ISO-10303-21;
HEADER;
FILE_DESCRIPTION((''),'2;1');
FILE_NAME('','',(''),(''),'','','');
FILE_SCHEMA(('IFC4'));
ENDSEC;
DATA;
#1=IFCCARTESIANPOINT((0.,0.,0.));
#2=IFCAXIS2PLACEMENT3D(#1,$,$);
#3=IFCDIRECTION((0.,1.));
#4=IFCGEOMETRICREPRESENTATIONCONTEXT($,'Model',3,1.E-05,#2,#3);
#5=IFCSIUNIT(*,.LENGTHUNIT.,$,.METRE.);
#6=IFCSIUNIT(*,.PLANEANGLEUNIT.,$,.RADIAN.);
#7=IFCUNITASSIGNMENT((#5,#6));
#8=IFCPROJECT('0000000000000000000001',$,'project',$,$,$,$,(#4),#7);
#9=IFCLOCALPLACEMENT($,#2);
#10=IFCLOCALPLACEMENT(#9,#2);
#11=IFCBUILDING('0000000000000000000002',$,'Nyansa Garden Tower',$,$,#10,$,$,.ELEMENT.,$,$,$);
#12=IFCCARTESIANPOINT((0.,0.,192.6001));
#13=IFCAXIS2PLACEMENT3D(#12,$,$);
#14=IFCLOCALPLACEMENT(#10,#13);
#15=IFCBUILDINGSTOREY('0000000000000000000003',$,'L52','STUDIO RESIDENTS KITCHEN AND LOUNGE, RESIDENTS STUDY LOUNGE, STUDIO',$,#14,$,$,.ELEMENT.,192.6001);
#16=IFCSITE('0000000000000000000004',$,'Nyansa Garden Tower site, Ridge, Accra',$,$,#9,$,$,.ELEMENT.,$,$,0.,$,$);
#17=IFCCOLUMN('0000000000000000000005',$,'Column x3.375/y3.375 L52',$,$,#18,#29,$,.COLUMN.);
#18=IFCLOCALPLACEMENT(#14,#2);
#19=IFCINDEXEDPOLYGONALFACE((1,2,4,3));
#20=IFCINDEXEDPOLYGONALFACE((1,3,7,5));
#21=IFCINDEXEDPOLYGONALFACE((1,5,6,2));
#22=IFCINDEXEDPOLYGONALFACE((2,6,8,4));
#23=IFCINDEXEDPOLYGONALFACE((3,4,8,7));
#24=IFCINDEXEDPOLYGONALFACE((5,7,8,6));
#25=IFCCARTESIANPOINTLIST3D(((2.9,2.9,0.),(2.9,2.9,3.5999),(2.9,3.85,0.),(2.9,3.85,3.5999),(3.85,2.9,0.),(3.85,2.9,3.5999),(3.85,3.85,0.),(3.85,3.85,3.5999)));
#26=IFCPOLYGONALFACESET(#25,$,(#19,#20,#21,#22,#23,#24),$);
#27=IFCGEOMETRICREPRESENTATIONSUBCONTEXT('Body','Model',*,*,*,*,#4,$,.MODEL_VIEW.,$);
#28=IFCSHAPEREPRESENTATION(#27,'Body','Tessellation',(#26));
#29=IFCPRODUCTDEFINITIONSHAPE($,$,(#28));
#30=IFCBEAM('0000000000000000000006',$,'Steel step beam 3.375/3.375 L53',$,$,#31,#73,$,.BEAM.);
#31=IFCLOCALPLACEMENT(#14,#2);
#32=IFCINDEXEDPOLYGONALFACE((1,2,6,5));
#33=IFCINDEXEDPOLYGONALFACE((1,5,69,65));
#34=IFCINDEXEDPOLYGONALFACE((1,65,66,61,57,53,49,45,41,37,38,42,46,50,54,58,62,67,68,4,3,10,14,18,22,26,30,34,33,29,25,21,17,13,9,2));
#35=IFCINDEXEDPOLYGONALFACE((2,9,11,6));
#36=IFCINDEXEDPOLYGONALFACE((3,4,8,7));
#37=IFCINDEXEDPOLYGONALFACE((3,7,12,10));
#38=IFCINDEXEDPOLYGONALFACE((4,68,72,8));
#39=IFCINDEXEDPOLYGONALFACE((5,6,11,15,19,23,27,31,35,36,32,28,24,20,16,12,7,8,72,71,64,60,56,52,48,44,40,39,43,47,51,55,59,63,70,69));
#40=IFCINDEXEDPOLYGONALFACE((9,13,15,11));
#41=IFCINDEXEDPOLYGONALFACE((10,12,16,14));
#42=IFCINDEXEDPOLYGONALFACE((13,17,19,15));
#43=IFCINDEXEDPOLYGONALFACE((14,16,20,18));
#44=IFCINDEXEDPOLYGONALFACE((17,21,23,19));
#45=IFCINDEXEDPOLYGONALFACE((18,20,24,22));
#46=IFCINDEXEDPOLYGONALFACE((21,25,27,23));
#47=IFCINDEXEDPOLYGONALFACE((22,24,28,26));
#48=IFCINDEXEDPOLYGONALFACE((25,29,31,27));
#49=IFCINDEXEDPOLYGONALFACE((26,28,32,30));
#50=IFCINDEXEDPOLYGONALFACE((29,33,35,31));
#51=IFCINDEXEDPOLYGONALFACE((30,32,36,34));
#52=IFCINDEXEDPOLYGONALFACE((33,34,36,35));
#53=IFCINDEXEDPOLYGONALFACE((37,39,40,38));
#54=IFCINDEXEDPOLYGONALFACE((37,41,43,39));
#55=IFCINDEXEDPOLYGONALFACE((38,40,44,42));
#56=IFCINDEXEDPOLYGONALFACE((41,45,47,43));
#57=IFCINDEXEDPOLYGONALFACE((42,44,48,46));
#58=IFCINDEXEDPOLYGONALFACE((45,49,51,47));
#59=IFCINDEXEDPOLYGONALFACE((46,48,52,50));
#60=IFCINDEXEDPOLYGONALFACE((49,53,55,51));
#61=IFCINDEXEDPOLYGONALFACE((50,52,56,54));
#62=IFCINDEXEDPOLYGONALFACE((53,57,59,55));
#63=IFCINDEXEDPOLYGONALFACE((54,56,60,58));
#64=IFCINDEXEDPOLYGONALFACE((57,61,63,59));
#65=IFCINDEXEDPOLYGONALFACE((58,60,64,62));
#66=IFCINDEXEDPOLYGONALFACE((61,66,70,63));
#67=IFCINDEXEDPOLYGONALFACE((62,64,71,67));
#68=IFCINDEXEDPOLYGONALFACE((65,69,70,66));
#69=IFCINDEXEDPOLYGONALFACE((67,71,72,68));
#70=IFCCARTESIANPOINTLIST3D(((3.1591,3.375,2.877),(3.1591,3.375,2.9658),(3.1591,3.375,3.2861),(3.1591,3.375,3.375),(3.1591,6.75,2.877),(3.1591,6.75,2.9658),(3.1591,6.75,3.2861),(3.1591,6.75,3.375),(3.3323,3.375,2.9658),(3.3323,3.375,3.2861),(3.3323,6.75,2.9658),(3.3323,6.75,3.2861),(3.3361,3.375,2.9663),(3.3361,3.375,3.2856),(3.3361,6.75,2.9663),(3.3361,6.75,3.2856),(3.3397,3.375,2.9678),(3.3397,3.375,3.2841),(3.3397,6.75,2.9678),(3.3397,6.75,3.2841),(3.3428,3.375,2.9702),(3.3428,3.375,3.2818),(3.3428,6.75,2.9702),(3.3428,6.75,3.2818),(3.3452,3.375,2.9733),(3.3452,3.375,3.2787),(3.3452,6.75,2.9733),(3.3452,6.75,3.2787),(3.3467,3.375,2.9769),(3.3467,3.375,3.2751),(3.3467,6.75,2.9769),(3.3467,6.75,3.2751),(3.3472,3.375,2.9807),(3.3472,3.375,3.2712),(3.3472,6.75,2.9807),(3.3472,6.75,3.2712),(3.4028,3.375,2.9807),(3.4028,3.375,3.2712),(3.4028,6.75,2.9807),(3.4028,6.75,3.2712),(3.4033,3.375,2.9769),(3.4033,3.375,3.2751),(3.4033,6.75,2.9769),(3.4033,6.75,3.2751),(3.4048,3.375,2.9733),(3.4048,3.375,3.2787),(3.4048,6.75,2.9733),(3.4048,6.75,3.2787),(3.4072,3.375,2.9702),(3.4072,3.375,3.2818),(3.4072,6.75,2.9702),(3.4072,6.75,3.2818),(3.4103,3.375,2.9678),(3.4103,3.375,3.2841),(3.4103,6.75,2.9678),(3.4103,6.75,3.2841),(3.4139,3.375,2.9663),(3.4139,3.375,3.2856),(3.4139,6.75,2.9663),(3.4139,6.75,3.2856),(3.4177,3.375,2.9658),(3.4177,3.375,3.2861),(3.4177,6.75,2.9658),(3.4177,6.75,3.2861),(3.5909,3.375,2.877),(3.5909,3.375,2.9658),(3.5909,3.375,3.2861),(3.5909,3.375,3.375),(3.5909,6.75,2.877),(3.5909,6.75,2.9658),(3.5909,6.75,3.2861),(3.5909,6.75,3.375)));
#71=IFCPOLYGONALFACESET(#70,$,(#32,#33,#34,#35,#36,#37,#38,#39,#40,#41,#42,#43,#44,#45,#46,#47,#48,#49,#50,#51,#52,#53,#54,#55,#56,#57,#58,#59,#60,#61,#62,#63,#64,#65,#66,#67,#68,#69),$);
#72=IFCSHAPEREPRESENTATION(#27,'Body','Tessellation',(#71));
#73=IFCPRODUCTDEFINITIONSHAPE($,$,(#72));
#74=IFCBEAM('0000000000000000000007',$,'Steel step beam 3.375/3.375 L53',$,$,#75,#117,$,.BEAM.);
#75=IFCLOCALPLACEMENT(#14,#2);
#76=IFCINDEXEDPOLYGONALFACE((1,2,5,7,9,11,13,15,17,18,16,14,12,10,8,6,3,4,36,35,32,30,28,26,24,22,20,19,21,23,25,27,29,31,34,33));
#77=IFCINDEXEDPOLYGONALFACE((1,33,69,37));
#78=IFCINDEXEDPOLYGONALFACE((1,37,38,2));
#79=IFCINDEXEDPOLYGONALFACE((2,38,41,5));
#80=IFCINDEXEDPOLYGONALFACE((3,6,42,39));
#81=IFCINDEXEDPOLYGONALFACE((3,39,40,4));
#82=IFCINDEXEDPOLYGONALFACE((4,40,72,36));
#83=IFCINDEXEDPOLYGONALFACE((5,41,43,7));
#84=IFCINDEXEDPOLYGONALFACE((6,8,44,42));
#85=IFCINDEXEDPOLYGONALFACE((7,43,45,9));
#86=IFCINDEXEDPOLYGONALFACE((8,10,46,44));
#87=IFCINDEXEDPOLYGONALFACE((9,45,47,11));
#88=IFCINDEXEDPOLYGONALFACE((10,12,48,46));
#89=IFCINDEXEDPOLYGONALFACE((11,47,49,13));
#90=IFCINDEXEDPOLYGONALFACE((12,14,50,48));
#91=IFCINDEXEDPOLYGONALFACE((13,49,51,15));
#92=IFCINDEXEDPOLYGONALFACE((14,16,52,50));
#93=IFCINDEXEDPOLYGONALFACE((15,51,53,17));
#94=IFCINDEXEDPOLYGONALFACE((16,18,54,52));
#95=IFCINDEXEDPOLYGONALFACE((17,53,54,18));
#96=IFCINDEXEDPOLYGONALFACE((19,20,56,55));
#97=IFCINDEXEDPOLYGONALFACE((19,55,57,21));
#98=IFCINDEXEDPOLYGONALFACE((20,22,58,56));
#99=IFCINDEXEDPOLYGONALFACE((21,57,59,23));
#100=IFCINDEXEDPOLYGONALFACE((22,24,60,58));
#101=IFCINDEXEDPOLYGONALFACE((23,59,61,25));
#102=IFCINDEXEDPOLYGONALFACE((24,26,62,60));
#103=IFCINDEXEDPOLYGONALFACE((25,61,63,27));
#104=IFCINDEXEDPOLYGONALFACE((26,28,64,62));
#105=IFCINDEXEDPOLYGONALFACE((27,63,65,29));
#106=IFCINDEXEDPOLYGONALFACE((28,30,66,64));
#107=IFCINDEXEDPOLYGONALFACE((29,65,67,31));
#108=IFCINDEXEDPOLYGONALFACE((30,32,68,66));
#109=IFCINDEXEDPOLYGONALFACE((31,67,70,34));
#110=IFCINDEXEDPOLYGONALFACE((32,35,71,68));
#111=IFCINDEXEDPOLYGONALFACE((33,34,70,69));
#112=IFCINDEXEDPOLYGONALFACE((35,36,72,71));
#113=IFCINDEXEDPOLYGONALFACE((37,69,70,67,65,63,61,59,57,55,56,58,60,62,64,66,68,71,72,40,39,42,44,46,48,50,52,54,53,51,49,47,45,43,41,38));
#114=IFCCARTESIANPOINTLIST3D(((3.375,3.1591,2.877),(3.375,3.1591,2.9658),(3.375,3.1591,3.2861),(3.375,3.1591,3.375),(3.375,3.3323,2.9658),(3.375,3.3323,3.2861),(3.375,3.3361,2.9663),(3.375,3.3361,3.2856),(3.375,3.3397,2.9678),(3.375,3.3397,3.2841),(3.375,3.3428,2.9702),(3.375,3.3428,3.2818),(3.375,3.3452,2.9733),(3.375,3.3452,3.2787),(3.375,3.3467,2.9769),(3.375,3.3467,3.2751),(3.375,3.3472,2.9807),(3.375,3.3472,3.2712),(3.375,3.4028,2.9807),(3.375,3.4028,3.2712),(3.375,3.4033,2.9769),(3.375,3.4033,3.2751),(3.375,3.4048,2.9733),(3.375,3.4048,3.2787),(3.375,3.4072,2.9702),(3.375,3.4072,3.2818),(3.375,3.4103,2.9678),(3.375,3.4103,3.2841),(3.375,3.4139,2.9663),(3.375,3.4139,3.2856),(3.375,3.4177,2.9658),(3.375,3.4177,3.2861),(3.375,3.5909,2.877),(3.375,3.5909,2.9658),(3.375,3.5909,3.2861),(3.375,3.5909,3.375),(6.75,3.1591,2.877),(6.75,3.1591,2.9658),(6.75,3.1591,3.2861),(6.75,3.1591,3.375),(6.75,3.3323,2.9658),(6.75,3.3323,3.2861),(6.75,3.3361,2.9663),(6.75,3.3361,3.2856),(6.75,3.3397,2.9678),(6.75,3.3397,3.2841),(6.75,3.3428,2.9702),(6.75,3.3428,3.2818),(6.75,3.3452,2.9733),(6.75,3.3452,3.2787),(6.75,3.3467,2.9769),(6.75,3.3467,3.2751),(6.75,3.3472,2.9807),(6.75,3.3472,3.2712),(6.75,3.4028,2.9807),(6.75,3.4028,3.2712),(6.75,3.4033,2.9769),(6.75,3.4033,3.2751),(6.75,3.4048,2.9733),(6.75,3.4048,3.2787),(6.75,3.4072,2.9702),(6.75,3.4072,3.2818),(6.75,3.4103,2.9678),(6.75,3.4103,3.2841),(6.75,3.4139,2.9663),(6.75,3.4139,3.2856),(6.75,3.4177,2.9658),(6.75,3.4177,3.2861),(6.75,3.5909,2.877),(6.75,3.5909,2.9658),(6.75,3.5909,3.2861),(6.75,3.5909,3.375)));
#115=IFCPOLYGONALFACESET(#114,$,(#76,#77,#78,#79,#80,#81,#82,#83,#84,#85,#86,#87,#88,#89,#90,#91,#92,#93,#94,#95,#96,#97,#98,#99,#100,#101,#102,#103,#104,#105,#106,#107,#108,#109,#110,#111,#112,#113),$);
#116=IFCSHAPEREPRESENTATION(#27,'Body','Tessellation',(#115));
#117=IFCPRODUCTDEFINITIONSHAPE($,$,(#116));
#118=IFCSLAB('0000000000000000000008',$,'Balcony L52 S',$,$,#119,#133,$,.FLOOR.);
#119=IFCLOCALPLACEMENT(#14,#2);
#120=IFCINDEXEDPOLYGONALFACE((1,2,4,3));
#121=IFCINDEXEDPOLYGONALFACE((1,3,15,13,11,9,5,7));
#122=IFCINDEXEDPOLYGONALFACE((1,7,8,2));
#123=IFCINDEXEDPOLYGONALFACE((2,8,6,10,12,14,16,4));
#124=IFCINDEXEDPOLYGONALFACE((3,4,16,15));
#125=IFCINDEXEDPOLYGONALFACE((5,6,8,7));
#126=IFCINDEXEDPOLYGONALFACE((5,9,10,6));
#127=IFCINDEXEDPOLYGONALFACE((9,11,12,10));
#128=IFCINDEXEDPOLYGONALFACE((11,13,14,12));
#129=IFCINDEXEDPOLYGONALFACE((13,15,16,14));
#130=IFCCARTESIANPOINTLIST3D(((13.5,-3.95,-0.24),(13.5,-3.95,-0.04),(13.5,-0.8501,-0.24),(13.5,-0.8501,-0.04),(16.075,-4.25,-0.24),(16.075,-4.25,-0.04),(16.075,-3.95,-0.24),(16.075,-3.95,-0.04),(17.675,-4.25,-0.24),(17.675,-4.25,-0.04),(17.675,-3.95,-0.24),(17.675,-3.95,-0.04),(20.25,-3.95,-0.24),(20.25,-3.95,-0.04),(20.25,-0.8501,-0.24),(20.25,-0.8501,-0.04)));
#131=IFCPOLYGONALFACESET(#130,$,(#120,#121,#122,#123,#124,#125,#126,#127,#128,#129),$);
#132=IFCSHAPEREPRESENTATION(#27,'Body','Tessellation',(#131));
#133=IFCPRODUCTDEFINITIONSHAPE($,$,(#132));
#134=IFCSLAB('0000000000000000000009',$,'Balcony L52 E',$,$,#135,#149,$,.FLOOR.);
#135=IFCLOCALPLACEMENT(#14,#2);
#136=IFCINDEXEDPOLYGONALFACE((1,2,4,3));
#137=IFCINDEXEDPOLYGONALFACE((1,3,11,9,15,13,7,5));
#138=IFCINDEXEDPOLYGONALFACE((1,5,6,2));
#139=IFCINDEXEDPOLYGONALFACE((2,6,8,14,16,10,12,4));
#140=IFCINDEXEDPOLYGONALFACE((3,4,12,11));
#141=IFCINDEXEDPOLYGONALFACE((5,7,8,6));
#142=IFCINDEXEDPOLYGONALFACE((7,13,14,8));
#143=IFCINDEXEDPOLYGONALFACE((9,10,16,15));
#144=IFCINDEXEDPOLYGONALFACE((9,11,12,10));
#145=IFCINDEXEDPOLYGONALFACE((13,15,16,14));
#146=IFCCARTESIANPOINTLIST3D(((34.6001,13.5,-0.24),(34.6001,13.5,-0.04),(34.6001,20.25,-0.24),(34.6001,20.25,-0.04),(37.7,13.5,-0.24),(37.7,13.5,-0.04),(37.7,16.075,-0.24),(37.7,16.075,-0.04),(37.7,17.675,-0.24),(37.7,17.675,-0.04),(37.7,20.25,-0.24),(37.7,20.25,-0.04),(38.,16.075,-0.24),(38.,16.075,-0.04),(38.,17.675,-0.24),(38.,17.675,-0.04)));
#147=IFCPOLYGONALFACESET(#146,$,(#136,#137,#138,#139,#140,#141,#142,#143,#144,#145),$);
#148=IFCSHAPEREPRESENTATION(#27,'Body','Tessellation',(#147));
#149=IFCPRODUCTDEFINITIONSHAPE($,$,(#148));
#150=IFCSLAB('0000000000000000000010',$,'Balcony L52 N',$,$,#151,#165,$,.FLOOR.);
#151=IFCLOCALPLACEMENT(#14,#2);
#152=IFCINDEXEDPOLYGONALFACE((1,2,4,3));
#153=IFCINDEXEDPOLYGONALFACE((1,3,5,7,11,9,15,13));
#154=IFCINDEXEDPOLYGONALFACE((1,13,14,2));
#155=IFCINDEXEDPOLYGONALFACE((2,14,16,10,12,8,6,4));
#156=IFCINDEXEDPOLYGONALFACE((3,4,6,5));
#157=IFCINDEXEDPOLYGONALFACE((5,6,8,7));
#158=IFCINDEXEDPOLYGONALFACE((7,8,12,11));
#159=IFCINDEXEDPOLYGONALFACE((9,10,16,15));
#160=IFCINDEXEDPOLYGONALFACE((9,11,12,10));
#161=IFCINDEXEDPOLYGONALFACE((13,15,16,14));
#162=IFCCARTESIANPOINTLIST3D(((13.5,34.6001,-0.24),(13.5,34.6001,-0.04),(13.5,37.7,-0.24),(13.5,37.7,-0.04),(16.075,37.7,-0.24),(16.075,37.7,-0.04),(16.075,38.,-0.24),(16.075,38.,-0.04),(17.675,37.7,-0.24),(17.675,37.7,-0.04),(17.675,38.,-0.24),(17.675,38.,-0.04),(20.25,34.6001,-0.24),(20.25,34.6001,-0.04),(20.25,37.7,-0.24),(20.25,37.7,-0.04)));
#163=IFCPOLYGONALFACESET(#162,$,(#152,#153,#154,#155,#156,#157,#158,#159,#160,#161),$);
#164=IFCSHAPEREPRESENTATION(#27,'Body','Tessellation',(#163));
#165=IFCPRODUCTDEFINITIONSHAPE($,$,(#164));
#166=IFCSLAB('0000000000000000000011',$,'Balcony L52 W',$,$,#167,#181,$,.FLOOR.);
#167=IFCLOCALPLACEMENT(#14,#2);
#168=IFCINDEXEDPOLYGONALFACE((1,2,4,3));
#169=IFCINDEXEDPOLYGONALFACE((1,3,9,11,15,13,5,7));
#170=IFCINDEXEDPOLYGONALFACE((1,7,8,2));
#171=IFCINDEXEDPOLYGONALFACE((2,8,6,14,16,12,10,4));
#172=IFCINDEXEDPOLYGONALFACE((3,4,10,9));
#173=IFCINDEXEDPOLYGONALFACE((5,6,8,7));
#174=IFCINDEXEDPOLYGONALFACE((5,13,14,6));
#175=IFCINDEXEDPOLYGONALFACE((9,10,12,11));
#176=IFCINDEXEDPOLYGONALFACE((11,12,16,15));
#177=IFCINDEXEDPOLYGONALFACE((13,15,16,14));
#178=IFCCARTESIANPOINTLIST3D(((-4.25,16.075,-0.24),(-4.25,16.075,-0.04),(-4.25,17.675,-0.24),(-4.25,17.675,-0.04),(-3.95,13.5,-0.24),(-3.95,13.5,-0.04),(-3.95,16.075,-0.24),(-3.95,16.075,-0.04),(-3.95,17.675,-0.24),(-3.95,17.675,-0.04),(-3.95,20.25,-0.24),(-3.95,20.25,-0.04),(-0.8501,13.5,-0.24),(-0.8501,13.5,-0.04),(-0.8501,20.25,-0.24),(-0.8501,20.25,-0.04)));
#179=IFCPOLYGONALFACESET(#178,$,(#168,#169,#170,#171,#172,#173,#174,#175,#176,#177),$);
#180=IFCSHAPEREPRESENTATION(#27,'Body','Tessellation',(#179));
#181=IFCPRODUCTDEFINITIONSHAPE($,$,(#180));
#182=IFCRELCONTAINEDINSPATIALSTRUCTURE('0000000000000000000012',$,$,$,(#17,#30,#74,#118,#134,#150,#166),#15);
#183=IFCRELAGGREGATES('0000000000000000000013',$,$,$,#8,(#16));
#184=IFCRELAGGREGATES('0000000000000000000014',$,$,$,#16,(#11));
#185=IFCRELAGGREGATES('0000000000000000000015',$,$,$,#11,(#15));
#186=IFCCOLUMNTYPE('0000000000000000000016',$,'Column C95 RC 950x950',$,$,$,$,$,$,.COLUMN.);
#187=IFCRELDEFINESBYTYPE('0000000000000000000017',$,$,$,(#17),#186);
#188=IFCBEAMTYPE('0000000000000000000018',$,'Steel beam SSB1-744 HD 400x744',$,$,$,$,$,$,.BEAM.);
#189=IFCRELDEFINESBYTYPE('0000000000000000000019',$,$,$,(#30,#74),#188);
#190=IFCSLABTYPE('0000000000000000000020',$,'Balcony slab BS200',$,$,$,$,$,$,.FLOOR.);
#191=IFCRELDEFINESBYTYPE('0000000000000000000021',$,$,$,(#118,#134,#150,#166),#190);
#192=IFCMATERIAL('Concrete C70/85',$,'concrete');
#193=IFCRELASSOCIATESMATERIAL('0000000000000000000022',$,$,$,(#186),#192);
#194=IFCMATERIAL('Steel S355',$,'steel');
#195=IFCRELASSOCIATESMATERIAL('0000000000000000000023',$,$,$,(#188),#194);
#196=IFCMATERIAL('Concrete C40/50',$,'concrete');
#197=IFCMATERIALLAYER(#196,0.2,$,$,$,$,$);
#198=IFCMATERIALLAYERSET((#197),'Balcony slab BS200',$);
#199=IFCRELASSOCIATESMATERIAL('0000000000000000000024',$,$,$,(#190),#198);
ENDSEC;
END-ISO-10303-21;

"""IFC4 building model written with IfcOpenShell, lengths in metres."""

from ifc_helpers import new_model, si_unit, direction, frame, origin, origin_2d, place, context, subcontext, project, spatial, polyline, rectangle, i_section, outline, extrude, material, layer, layer_set, material_profile, profile_set, type_object, element, save


model = new_model("IFC4")

# Units and contexts
model_context = context("Model", 3, precision=1e-05, world=origin(), true_north=direction((0.0, 1.0)))
body_context = subcontext(model_context, "Body", "Model", "MODEL_VIEW")
ifc_project = project(units=[si_unit("LENGTHUNIT", "METRE"), si_unit("PLANEANGLEUNIT", "RADIAN")], contexts=[model_context])

# Site, building, storey
site_placement = place(None, origin())
site = spatial("IfcSite", under=ifc_project, at=site_placement, Name="Nyansa Garden Tower site, Ridge, Accra", CompositionType="ELEMENT", RefElevation=0.0)
building_placement = place(site_placement, origin())
building = spatial("IfcBuilding", under=site, at=building_placement, Name="Nyansa Garden Tower", CompositionType="ELEMENT")
storey_placement = place(building_placement, frame((0.0, 0.0, 192.6001)))
storey = spatial("IfcBuildingStorey", under=building, at=storey_placement, Name="L52", Description="STUDIO RESIDENTS KITCHEN AND LOUNGE, RESIDENTS STUDY LOUNGE, STUDIO", CompositionType="ELEMENT", Elevation=192.6001)

# Column
ifc_material_1 = material(Name="Concrete C70/85", Category="concrete")
ifc_material_profile_1 = material_profile(ifc_material_1, rectangle(XDim=0.95, YDim=0.95, at=origin_2d()), Name="RC 950x950")
ifc_profile_set_1 = profile_set([ifc_material_profile_1], Name="Concrete C70/85")
column_type = type_object("IfcColumnType", Name="Column C95 RC 950x950", PredefinedType="COLUMN", material=ifc_profile_set_1)
column_placement = place(storey_placement, frame((3.375, 3.375, 0.0), z_axis=(0.0, 0.0, 1.0), x_axis=(1.0, 0.0, 0.0)))
element("IfcColumn", 1, at=column_placement, inside=storey, type_object=column_type, Name="Column x3.375/y3.375 L52", PredefinedType="COLUMN", context=body_context, shape_type="SweptSolid", body=[
    extrude(rectangle(XDim=0.95, YDim=0.95, at=origin_2d()), origin(), (0.0, 0.0, 1.0), 3.5999),
])

# Beams
ifc_material_2 = material(Name="Steel S355", Category="steel")
ifc_material_profile_2 = material_profile(ifc_material_2, i_section(OverallWidth=0.4319, OverallDepth=0.498, WebThickness=0.0557, FlangeThickness=0.0889, FilletRadius=0.0149, at=origin_2d()), Name="HD 400x744")
ifc_profile_set_2 = profile_set([ifc_material_profile_2], Name="Steel S355")
beam_type = type_object("IfcBeamType", Name="Steel beam SSB1-744 HD 400x744", PredefinedType="BEAM", material=ifc_profile_set_2)
for number, where, z_axis, x_axis, name in (
    (2, (3.375, 3.375, 3.126), (0.0, 1.0, 0.0), (-1.0, 0.0, 0.0), "Steel step beam 3.375/3.375 L53"),
    (3, (3.375, 3.375, 3.126), (1.0, 0.0, 0.0), (0.0, 1.0, 0.0), "Steel step beam 3.375/3.375 L53"),
):
    element("IfcBeam", number, at=place(storey_placement, frame(where, z_axis=z_axis, x_axis=x_axis)), inside=storey, type_object=beam_type, Name=name, PredefinedType="BEAM", context=body_context, shape_type="SweptSolid", body=[
        extrude(i_section(OverallWidth=0.4319, OverallDepth=0.498, WebThickness=0.0557, FlangeThickness=0.0889, FilletRadius=0.0149, at=origin_2d()), origin(), (0.0, 0.0, 1.0), 3.375),
    ])

# Slabs
ifc_material_3 = material(Name="Concrete C40/50", Category="concrete")
ifc_layer_1 = layer(ifc_material_3, 0.2)
ifc_layer_set_1 = layer_set([ifc_layer_1], Name="Balcony slab BS200")
slab_type_1 = type_object("IfcSlabType", Name="Balcony slab BS200", PredefinedType="FLOOR", material=ifc_layer_set_1)
slab_1_placement = place(storey_placement, frame((0.0, 0.0, -0.24)))
element("IfcSlab", 4, at=slab_1_placement, inside=storey, type_object=slab_type_1, Name="Balcony L52 S", PredefinedType="FLOOR", context=body_context, shape_type="SweptSolid", body=[
    extrude(outline(polyline([(13.5, -0.8501), (20.25, -0.8501), (20.25, -3.95), (17.675, -3.95), (17.675, -4.25), (16.075, -4.25), (16.075, -3.95), (13.5, -3.95), (13.5, -0.8501)])), origin(), (0.0, 0.0, 1.0), 0.2),
])
slab_2_placement = place(storey_placement, frame((0.0, 0.0, -0.24)))
element("IfcSlab", 5, at=slab_2_placement, inside=storey, type_object=slab_type_1, Name="Balcony L52 E", PredefinedType="FLOOR", context=body_context, shape_type="SweptSolid", body=[
    extrude(outline(polyline([(34.6001, 13.5), (34.6001, 20.25), (37.7, 20.25), (37.7, 17.675), (38.0, 17.675), (38.0, 16.075), (37.7, 16.075), (37.7, 13.5), (34.6001, 13.5)])), origin(), (0.0, 0.0, 1.0), 0.2),
])
slab_3_placement = place(storey_placement, frame((0.0, 0.0, -0.24)))
element("IfcSlab", 6, at=slab_3_placement, inside=storey, type_object=slab_type_1, Name="Balcony L52 N", PredefinedType="FLOOR", context=body_context, shape_type="SweptSolid", body=[
    extrude(outline(polyline([(13.5, 34.6001), (20.25, 34.6001), (20.25, 37.7), (17.675, 37.7), (17.675, 38.0), (16.075, 38.0), (16.075, 37.7), (13.5, 37.7), (13.5, 34.6001)])), origin(), (0.0, 0.0, 1.0), 0.2),
])
slab_4_placement = place(storey_placement, frame((0.0, 0.0, -0.24)))
element("IfcSlab", 7, at=slab_4_placement, inside=storey, type_object=slab_type_1, Name="Balcony L52 W", PredefinedType="FLOOR", context=body_context, shape_type="SweptSolid", body=[
    extrude(outline(polyline([(-0.8501, 13.5), (-0.8501, 20.25), (-3.95, 20.25), (-3.95, 17.675), (-4.25, 17.675), (-4.25, 16.075), (-3.95, 16.075), (-3.95, 13.5), (-0.8501, 13.5)])), origin(), (0.0, 0.0, 1.0), 0.2),
])

save(model, "model.ifc")
